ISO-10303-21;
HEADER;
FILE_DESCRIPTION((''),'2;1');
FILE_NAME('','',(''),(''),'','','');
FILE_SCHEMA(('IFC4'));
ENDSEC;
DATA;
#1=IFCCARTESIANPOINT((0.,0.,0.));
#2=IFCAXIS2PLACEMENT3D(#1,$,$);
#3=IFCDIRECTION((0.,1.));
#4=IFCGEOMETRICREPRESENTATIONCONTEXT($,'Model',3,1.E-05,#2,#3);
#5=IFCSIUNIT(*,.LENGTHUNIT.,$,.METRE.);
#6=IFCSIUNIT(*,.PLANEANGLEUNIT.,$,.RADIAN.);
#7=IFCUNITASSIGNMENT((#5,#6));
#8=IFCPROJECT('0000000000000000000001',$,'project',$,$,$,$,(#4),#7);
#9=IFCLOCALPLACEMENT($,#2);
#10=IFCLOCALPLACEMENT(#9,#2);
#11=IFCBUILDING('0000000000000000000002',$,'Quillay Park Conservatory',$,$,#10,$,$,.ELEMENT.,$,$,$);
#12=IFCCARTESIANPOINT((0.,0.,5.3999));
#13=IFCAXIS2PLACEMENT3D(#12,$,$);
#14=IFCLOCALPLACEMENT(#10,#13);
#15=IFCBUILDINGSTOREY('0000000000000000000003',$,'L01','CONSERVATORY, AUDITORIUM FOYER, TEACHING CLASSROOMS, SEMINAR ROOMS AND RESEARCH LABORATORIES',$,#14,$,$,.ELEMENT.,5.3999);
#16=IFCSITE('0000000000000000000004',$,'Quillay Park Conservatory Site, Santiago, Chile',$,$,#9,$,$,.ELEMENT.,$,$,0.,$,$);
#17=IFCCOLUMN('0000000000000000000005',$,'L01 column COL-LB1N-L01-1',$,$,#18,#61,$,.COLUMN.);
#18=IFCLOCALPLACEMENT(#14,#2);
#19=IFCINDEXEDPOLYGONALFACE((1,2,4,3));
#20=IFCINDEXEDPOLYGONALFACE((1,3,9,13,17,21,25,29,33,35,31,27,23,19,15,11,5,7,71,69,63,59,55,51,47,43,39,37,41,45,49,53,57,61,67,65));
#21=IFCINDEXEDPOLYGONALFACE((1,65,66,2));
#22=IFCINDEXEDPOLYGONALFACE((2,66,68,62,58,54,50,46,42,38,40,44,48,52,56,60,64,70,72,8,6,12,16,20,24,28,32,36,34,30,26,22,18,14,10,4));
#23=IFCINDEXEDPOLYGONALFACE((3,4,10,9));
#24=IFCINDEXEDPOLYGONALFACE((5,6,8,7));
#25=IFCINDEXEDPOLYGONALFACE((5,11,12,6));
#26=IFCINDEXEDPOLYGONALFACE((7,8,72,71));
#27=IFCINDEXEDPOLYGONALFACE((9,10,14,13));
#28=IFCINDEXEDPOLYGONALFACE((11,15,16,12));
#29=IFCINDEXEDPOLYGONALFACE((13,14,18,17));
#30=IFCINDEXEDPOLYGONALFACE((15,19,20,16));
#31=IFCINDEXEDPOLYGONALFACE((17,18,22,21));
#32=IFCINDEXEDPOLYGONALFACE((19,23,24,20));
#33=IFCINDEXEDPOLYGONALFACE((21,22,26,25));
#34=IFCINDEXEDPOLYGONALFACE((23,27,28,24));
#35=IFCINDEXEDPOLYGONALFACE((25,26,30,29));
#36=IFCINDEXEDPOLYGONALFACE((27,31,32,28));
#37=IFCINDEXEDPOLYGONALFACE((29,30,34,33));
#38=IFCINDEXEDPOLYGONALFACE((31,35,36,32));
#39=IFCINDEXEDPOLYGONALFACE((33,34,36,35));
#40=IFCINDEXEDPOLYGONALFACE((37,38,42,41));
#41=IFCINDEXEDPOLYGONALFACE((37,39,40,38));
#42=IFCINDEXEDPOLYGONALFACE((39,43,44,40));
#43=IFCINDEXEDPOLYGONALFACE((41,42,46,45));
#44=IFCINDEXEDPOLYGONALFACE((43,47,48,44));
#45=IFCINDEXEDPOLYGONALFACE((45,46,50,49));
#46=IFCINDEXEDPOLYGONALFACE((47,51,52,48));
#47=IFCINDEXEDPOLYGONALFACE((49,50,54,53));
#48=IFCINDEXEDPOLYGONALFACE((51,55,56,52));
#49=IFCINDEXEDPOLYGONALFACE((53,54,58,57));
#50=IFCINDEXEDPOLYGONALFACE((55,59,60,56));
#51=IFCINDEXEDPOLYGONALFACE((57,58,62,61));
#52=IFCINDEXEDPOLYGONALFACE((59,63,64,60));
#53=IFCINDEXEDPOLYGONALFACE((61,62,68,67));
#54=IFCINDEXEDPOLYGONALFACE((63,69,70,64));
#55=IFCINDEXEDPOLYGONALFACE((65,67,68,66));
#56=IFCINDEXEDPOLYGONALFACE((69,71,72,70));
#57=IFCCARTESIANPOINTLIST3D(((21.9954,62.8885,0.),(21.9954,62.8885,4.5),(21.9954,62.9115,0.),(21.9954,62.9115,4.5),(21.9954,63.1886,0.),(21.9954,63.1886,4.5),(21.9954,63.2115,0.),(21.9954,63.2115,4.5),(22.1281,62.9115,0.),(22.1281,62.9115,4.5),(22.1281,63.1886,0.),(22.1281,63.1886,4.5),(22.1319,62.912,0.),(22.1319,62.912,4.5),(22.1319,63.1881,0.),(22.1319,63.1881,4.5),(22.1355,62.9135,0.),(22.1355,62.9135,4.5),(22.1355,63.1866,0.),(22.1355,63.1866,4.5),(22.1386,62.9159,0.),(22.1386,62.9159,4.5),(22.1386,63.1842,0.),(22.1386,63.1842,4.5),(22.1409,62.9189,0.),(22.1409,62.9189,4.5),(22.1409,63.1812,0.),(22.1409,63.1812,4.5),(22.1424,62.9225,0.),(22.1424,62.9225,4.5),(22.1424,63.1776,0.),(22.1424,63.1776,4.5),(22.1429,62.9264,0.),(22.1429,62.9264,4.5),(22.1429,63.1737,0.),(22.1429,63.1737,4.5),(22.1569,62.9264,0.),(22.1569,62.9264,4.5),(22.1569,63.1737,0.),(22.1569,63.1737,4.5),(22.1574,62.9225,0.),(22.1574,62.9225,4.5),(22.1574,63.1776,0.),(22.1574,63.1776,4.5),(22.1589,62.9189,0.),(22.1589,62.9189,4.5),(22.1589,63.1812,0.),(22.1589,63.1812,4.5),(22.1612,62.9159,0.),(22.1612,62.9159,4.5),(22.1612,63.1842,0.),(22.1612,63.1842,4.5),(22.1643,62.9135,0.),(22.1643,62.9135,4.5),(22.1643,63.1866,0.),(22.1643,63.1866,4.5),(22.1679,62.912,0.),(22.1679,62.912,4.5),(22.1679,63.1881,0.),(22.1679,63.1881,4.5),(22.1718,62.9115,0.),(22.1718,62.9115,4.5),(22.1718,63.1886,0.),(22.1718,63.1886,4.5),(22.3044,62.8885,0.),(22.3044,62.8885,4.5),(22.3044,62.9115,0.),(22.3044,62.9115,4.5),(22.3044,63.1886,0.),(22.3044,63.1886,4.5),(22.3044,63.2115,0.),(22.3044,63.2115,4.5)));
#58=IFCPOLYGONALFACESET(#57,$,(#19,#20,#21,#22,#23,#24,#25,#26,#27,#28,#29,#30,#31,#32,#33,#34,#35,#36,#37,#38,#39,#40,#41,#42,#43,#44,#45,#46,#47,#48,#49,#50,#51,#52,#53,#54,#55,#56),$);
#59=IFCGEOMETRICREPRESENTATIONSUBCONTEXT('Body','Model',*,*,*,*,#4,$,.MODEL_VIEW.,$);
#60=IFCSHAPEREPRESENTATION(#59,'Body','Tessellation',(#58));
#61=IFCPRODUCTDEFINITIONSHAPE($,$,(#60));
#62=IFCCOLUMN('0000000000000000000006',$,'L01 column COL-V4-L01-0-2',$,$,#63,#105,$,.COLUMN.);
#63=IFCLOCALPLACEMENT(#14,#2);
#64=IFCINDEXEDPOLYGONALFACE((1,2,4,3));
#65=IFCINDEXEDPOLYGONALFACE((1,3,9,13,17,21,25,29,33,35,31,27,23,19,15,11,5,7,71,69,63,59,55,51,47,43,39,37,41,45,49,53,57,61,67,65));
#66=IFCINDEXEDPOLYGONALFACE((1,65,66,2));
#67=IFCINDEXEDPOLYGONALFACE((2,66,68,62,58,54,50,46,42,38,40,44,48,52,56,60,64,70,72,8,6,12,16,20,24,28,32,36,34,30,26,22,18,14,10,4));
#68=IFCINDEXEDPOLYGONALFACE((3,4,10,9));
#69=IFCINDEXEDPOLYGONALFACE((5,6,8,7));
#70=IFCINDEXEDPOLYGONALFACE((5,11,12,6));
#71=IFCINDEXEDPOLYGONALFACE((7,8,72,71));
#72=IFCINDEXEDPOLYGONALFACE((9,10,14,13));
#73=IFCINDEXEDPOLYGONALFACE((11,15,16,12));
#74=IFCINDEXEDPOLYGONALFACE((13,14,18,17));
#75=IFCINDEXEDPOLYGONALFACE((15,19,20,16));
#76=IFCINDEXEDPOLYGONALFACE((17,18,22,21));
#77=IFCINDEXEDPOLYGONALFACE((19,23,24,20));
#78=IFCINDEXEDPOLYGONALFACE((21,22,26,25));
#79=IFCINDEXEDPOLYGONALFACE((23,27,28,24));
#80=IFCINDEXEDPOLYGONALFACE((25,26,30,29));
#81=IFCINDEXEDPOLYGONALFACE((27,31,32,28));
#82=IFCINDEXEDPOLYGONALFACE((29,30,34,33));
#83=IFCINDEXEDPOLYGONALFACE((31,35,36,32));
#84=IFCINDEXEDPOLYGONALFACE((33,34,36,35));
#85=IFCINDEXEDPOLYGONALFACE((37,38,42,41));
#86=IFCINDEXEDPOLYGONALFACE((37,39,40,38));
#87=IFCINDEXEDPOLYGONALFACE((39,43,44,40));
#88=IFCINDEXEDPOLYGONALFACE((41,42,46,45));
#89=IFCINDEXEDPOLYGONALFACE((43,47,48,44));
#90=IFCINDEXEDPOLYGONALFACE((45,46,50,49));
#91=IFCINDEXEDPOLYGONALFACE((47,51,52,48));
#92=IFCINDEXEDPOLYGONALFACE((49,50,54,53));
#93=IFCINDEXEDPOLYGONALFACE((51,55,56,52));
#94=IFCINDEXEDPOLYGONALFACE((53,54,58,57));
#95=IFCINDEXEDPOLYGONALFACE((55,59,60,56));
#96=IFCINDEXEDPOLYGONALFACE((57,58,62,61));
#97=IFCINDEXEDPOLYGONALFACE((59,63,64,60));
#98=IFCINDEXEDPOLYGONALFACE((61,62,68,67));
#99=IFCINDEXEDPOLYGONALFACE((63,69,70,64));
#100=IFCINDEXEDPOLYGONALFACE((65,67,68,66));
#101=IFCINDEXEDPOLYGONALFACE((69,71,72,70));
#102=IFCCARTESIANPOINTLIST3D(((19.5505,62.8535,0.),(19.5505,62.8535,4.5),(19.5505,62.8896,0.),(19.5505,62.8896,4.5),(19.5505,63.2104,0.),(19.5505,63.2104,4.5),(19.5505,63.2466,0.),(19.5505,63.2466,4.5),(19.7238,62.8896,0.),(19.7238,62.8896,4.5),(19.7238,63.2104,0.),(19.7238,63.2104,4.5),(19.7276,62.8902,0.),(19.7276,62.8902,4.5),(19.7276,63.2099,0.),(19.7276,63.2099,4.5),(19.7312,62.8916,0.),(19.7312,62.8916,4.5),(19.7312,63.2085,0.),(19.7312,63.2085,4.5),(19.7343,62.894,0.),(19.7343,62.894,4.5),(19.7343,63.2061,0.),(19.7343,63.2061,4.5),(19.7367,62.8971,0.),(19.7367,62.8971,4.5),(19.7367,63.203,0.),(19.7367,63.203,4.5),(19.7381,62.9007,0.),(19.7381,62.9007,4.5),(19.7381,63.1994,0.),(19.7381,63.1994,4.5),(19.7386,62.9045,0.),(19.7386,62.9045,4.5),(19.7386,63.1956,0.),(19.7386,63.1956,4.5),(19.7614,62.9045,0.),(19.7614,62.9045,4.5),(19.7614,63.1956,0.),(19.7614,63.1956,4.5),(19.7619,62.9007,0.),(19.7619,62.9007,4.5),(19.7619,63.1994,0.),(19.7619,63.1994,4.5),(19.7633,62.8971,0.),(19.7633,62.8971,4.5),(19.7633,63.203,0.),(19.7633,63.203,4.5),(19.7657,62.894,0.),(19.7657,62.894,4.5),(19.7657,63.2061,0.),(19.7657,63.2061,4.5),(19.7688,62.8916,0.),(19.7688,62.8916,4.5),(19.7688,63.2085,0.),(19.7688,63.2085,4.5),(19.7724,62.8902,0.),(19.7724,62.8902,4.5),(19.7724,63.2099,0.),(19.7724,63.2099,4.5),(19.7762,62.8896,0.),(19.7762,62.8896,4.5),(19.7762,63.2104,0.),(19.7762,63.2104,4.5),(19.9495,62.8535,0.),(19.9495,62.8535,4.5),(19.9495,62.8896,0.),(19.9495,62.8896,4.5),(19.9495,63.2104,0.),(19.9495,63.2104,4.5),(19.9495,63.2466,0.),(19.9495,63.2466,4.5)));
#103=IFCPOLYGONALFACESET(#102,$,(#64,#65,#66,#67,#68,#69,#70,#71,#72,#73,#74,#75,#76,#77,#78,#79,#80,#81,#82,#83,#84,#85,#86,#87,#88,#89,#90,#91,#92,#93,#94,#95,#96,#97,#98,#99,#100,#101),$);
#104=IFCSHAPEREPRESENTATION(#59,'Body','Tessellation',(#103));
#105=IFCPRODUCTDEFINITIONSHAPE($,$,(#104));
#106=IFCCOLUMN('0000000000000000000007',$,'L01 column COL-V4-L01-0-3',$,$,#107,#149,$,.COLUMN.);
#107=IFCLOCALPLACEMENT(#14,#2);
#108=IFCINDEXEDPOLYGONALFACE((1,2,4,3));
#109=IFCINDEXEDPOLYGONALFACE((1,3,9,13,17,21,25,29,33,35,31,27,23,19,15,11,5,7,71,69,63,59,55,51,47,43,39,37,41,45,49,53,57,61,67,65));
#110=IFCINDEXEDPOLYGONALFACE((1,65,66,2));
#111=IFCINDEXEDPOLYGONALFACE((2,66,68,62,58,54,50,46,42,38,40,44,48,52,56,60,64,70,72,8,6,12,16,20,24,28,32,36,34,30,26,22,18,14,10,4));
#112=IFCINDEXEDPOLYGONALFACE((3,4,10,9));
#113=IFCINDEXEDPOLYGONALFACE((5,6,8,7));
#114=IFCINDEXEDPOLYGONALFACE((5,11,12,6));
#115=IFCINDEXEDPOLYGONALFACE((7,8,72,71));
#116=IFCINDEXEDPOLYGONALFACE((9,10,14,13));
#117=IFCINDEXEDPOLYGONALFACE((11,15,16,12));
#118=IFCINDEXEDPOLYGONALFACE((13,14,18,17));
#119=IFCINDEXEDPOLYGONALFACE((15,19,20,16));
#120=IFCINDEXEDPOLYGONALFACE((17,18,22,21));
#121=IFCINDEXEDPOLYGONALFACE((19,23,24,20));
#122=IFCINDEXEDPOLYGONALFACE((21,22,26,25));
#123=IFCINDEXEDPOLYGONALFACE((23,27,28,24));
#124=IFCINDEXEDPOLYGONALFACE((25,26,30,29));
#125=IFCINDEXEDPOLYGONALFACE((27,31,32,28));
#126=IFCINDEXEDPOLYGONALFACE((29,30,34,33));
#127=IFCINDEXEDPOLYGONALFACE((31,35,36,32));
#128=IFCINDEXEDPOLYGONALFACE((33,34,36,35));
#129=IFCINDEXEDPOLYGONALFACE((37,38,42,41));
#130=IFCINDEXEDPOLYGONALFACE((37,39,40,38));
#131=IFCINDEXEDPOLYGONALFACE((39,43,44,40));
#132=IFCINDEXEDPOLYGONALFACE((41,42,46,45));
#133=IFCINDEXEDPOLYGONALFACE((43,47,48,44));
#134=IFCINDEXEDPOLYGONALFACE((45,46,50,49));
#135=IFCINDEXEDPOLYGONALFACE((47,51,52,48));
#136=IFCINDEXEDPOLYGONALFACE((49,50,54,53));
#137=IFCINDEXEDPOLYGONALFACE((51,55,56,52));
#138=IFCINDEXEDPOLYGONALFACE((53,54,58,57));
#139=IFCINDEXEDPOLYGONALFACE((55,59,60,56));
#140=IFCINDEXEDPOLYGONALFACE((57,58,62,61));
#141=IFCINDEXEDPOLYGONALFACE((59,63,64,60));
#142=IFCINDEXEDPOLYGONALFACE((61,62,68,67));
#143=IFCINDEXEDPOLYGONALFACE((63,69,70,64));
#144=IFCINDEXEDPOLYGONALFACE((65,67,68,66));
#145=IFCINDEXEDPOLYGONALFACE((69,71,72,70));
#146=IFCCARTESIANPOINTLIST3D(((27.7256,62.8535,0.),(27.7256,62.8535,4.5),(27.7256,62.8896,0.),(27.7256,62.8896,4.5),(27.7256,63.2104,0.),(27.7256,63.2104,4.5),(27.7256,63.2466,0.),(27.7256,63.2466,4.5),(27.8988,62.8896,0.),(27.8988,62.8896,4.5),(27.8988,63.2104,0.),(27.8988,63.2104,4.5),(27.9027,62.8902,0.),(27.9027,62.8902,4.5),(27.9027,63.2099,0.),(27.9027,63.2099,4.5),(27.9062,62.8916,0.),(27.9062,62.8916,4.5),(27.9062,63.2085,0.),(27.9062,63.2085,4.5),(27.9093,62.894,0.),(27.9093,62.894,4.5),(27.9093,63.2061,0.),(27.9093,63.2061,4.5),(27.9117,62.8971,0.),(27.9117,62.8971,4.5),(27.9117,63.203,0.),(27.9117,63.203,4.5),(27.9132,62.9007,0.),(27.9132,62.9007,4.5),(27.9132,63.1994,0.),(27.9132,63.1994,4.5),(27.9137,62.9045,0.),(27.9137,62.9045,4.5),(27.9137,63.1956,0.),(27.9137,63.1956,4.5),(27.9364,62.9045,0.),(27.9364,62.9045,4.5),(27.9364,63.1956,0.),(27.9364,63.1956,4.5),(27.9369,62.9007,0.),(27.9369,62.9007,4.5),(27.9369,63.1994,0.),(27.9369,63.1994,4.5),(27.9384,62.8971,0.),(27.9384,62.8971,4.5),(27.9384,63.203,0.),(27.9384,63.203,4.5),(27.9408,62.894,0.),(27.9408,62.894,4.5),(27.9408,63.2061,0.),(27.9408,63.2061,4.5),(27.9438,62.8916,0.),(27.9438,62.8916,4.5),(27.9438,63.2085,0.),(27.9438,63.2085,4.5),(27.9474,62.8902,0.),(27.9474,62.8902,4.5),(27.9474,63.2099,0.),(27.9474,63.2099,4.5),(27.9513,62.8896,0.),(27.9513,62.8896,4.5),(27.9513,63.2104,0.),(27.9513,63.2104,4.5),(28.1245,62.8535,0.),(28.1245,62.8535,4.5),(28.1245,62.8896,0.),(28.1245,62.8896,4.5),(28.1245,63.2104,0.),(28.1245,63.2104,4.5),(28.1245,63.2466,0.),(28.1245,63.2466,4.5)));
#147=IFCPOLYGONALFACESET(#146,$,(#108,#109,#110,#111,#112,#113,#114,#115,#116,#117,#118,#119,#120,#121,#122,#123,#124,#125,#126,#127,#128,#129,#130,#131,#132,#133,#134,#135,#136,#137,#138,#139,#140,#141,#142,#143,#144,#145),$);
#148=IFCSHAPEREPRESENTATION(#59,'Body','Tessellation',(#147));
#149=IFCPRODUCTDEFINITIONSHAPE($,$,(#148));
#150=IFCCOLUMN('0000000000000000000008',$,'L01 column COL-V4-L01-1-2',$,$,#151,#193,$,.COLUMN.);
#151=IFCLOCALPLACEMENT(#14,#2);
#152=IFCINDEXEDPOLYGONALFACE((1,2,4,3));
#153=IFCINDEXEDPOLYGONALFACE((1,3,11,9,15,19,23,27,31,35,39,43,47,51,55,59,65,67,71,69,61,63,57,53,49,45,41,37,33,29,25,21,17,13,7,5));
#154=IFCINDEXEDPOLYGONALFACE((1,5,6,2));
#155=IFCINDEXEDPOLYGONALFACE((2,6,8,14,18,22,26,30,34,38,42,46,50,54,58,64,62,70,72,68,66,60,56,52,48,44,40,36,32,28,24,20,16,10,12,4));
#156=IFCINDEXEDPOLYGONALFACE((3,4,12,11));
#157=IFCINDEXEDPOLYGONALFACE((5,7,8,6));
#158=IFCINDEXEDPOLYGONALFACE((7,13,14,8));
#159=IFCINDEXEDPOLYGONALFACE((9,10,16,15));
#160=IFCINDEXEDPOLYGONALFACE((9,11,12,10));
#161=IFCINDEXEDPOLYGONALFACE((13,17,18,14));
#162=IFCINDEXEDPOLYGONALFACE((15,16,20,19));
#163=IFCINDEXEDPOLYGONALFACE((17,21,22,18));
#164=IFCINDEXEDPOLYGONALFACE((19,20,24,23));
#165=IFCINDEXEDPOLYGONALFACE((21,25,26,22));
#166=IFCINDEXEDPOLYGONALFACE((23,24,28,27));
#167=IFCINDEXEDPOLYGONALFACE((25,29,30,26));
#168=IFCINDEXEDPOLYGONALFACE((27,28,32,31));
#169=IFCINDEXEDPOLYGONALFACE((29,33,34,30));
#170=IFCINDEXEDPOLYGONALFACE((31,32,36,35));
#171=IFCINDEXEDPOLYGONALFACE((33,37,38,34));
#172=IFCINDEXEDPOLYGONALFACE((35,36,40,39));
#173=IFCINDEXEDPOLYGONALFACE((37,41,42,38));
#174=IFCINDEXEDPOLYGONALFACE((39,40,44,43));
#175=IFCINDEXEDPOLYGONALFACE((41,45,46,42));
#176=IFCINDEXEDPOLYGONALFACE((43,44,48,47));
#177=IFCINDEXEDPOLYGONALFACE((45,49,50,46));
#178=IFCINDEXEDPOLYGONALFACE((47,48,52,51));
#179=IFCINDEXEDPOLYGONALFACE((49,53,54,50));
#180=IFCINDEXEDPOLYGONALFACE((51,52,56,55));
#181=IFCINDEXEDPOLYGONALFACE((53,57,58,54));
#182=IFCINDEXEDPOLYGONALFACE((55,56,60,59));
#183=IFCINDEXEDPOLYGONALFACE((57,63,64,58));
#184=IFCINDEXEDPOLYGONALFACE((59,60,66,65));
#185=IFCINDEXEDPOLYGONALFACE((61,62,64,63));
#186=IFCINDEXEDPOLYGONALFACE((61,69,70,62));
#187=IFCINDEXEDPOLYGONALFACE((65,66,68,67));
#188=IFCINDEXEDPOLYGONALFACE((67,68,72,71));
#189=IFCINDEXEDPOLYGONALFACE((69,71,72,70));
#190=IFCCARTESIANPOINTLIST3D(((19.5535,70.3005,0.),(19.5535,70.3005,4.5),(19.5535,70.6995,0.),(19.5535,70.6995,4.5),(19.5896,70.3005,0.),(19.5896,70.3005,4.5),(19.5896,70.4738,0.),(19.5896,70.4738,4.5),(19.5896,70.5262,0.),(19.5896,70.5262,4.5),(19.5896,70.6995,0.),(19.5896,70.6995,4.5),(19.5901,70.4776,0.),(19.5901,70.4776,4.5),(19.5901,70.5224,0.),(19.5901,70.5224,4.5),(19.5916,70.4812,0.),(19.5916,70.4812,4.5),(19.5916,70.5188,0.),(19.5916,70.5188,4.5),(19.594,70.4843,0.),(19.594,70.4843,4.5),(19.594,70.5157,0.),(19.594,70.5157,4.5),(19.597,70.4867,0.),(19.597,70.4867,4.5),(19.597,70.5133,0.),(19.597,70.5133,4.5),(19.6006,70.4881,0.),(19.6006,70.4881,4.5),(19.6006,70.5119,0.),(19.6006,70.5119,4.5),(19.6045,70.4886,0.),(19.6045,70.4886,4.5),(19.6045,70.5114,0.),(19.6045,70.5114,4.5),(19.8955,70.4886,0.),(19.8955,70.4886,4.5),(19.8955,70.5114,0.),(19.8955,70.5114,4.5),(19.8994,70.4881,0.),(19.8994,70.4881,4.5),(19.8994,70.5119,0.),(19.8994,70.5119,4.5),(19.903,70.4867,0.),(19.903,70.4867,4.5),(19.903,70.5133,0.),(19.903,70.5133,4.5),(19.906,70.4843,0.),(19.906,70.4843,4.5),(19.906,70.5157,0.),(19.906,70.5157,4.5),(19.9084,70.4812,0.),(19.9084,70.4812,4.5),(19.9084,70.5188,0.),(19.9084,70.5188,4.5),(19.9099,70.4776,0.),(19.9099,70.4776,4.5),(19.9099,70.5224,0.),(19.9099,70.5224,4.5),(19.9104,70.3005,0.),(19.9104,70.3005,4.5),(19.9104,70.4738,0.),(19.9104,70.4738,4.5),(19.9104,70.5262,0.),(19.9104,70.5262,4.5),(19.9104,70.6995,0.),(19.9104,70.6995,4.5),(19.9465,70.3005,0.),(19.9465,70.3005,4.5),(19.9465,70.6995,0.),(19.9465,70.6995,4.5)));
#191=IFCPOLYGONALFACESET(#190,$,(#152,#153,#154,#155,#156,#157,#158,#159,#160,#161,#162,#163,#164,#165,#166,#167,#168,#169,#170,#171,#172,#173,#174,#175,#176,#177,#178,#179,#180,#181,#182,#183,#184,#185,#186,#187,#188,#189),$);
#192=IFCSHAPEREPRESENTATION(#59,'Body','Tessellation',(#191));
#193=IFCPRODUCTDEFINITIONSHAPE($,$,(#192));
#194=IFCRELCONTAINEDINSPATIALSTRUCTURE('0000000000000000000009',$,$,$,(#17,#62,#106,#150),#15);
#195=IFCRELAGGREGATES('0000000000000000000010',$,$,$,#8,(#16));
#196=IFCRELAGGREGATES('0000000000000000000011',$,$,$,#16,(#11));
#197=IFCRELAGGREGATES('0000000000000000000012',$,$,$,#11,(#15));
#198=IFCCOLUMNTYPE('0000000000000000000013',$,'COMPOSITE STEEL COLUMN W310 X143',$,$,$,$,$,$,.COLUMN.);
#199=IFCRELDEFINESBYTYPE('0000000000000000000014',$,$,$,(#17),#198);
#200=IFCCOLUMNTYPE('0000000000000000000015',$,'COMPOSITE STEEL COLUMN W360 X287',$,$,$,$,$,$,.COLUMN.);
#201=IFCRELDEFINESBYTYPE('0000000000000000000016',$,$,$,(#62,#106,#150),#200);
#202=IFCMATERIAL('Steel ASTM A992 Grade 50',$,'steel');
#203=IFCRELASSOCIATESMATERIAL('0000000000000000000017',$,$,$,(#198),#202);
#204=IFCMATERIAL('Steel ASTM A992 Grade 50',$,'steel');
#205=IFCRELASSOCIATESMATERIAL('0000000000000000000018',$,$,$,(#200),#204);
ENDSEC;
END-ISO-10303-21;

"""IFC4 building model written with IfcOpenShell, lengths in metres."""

from ifc_helpers import new_model, si_unit, direction, frame, origin, origin_2d, place, context, subcontext, project, spatial, i_section, extrude, material, material_profile, profile_set, type_object, element, save


model = new_model("IFC4")

# Units and contexts
model_context = context("Model", 3, precision=1e-05, world=origin(), true_north=direction((0.0, 1.0)))
body_context = subcontext(model_context, "Body", "Model", "MODEL_VIEW")
ifc_project = project(units=[si_unit("LENGTHUNIT", "METRE"), si_unit("PLANEANGLEUNIT", "RADIAN")], contexts=[model_context])

# Site, building, storey
site_placement = place(None, origin())
site = spatial("IfcSite", under=ifc_project, at=site_placement, Name="Quillay Park Conservatory Site, Santiago, Chile", CompositionType="ELEMENT", RefElevation=0.0)
building_placement = place(site_placement, origin())
building = spatial("IfcBuilding", under=site, at=building_placement, Name="Quillay Park Conservatory", CompositionType="ELEMENT")
storey_placement = place(building_placement, frame((0.0, 0.0, 5.3999)))
storey = spatial("IfcBuildingStorey", under=building, at=storey_placement, Name="L01", Description="CONSERVATORY, AUDITORIUM FOYER, TEACHING CLASSROOMS, SEMINAR ROOMS AND RESEARCH LABORATORIES", CompositionType="ELEMENT", Elevation=5.3999)

# Columns
ifc_material_1 = material(Name="Steel ASTM A992 Grade 50", Category="steel")
ifc_material_profile_1 = material_profile(ifc_material_1, i_section(OverallWidth=0.3091, OverallDepth=0.323, WebThickness=0.0139, FlangeThickness=0.0229, FilletRadius=0.0149, at=origin_2d()), Name="W310x143")
ifc_profile_set_1 = profile_set([ifc_material_profile_1], Name="Steel ASTM A992 Grade 50")
column_type_1 = type_object("IfcColumnType", Name="COMPOSITE STEEL COLUMN W310 X143", PredefinedType="COLUMN", material=ifc_profile_set_1)
column_placement = place(storey_placement, frame((22.1499, 63.05, 0.0), z_axis=(0.0, 0.0, 1.0), x_axis=(1.0, 0.0, 0.0)))
element("IfcColumn", 1, at=column_placement, inside=storey, type_object=column_type_1, Name="L01 column COL-LB1N-L01-1", PredefinedType="COLUMN", context=body_context, shape_type="SweptSolid", body=[
    extrude(i_section(OverallWidth=0.3091, OverallDepth=0.323, WebThickness=0.0139, FlangeThickness=0.0229, FilletRadius=0.0149, at=origin_2d()), origin(), (0.0, 0.0, 1.0), 4.5),
])
ifc_material_2 = material(Name="Steel ASTM A992 Grade 50", Category="steel")
ifc_material_profile_2 = material_profile(ifc_material_2, i_section(OverallWidth=0.3989, OverallDepth=0.3931, WebThickness=0.0227, FlangeThickness=0.0361, FilletRadius=0.0149, at=origin_2d()), Name="W360x287")
ifc_profile_set_2 = profile_set([ifc_material_profile_2], Name="Steel ASTM A992 Grade 50")
column_type_2 = type_object("IfcColumnType", Name="COMPOSITE STEEL COLUMN W360 X287", PredefinedType="COLUMN", material=ifc_profile_set_2)
for number, where, z_axis, x_axis, name in (
    (2, (19.75, 63.05, 0.0), (0.0, 0.0, 1.0), (1.0, 0.0, 0.0), "L01 column COL-V4-L01-0-2"),
    (3, (27.925, 63.05, 0.0), (0.0, 0.0, 1.0), (1.0, 0.0, 0.0), "L01 column COL-V4-L01-0-3"),
    (4, (19.75, 70.5, 0.0), (0.0, 0.0, 1.0), (0.0, 1.0, 0.0), "L01 column COL-V4-L01-1-2"),
):
    element("IfcColumn", number, at=place(storey_placement, frame(where, z_axis=z_axis, x_axis=x_axis)), inside=storey, type_object=column_type_2, Name=name, PredefinedType="COLUMN", context=body_context, shape_type="SweptSolid", body=[
        extrude(i_section(OverallWidth=0.3989, OverallDepth=0.3931, WebThickness=0.0227, FlangeThickness=0.0361, FilletRadius=0.0149, at=origin_2d()), origin(), (0.0, 0.0, 1.0), 4.5),
    ])

save(model, "model.ifc")
